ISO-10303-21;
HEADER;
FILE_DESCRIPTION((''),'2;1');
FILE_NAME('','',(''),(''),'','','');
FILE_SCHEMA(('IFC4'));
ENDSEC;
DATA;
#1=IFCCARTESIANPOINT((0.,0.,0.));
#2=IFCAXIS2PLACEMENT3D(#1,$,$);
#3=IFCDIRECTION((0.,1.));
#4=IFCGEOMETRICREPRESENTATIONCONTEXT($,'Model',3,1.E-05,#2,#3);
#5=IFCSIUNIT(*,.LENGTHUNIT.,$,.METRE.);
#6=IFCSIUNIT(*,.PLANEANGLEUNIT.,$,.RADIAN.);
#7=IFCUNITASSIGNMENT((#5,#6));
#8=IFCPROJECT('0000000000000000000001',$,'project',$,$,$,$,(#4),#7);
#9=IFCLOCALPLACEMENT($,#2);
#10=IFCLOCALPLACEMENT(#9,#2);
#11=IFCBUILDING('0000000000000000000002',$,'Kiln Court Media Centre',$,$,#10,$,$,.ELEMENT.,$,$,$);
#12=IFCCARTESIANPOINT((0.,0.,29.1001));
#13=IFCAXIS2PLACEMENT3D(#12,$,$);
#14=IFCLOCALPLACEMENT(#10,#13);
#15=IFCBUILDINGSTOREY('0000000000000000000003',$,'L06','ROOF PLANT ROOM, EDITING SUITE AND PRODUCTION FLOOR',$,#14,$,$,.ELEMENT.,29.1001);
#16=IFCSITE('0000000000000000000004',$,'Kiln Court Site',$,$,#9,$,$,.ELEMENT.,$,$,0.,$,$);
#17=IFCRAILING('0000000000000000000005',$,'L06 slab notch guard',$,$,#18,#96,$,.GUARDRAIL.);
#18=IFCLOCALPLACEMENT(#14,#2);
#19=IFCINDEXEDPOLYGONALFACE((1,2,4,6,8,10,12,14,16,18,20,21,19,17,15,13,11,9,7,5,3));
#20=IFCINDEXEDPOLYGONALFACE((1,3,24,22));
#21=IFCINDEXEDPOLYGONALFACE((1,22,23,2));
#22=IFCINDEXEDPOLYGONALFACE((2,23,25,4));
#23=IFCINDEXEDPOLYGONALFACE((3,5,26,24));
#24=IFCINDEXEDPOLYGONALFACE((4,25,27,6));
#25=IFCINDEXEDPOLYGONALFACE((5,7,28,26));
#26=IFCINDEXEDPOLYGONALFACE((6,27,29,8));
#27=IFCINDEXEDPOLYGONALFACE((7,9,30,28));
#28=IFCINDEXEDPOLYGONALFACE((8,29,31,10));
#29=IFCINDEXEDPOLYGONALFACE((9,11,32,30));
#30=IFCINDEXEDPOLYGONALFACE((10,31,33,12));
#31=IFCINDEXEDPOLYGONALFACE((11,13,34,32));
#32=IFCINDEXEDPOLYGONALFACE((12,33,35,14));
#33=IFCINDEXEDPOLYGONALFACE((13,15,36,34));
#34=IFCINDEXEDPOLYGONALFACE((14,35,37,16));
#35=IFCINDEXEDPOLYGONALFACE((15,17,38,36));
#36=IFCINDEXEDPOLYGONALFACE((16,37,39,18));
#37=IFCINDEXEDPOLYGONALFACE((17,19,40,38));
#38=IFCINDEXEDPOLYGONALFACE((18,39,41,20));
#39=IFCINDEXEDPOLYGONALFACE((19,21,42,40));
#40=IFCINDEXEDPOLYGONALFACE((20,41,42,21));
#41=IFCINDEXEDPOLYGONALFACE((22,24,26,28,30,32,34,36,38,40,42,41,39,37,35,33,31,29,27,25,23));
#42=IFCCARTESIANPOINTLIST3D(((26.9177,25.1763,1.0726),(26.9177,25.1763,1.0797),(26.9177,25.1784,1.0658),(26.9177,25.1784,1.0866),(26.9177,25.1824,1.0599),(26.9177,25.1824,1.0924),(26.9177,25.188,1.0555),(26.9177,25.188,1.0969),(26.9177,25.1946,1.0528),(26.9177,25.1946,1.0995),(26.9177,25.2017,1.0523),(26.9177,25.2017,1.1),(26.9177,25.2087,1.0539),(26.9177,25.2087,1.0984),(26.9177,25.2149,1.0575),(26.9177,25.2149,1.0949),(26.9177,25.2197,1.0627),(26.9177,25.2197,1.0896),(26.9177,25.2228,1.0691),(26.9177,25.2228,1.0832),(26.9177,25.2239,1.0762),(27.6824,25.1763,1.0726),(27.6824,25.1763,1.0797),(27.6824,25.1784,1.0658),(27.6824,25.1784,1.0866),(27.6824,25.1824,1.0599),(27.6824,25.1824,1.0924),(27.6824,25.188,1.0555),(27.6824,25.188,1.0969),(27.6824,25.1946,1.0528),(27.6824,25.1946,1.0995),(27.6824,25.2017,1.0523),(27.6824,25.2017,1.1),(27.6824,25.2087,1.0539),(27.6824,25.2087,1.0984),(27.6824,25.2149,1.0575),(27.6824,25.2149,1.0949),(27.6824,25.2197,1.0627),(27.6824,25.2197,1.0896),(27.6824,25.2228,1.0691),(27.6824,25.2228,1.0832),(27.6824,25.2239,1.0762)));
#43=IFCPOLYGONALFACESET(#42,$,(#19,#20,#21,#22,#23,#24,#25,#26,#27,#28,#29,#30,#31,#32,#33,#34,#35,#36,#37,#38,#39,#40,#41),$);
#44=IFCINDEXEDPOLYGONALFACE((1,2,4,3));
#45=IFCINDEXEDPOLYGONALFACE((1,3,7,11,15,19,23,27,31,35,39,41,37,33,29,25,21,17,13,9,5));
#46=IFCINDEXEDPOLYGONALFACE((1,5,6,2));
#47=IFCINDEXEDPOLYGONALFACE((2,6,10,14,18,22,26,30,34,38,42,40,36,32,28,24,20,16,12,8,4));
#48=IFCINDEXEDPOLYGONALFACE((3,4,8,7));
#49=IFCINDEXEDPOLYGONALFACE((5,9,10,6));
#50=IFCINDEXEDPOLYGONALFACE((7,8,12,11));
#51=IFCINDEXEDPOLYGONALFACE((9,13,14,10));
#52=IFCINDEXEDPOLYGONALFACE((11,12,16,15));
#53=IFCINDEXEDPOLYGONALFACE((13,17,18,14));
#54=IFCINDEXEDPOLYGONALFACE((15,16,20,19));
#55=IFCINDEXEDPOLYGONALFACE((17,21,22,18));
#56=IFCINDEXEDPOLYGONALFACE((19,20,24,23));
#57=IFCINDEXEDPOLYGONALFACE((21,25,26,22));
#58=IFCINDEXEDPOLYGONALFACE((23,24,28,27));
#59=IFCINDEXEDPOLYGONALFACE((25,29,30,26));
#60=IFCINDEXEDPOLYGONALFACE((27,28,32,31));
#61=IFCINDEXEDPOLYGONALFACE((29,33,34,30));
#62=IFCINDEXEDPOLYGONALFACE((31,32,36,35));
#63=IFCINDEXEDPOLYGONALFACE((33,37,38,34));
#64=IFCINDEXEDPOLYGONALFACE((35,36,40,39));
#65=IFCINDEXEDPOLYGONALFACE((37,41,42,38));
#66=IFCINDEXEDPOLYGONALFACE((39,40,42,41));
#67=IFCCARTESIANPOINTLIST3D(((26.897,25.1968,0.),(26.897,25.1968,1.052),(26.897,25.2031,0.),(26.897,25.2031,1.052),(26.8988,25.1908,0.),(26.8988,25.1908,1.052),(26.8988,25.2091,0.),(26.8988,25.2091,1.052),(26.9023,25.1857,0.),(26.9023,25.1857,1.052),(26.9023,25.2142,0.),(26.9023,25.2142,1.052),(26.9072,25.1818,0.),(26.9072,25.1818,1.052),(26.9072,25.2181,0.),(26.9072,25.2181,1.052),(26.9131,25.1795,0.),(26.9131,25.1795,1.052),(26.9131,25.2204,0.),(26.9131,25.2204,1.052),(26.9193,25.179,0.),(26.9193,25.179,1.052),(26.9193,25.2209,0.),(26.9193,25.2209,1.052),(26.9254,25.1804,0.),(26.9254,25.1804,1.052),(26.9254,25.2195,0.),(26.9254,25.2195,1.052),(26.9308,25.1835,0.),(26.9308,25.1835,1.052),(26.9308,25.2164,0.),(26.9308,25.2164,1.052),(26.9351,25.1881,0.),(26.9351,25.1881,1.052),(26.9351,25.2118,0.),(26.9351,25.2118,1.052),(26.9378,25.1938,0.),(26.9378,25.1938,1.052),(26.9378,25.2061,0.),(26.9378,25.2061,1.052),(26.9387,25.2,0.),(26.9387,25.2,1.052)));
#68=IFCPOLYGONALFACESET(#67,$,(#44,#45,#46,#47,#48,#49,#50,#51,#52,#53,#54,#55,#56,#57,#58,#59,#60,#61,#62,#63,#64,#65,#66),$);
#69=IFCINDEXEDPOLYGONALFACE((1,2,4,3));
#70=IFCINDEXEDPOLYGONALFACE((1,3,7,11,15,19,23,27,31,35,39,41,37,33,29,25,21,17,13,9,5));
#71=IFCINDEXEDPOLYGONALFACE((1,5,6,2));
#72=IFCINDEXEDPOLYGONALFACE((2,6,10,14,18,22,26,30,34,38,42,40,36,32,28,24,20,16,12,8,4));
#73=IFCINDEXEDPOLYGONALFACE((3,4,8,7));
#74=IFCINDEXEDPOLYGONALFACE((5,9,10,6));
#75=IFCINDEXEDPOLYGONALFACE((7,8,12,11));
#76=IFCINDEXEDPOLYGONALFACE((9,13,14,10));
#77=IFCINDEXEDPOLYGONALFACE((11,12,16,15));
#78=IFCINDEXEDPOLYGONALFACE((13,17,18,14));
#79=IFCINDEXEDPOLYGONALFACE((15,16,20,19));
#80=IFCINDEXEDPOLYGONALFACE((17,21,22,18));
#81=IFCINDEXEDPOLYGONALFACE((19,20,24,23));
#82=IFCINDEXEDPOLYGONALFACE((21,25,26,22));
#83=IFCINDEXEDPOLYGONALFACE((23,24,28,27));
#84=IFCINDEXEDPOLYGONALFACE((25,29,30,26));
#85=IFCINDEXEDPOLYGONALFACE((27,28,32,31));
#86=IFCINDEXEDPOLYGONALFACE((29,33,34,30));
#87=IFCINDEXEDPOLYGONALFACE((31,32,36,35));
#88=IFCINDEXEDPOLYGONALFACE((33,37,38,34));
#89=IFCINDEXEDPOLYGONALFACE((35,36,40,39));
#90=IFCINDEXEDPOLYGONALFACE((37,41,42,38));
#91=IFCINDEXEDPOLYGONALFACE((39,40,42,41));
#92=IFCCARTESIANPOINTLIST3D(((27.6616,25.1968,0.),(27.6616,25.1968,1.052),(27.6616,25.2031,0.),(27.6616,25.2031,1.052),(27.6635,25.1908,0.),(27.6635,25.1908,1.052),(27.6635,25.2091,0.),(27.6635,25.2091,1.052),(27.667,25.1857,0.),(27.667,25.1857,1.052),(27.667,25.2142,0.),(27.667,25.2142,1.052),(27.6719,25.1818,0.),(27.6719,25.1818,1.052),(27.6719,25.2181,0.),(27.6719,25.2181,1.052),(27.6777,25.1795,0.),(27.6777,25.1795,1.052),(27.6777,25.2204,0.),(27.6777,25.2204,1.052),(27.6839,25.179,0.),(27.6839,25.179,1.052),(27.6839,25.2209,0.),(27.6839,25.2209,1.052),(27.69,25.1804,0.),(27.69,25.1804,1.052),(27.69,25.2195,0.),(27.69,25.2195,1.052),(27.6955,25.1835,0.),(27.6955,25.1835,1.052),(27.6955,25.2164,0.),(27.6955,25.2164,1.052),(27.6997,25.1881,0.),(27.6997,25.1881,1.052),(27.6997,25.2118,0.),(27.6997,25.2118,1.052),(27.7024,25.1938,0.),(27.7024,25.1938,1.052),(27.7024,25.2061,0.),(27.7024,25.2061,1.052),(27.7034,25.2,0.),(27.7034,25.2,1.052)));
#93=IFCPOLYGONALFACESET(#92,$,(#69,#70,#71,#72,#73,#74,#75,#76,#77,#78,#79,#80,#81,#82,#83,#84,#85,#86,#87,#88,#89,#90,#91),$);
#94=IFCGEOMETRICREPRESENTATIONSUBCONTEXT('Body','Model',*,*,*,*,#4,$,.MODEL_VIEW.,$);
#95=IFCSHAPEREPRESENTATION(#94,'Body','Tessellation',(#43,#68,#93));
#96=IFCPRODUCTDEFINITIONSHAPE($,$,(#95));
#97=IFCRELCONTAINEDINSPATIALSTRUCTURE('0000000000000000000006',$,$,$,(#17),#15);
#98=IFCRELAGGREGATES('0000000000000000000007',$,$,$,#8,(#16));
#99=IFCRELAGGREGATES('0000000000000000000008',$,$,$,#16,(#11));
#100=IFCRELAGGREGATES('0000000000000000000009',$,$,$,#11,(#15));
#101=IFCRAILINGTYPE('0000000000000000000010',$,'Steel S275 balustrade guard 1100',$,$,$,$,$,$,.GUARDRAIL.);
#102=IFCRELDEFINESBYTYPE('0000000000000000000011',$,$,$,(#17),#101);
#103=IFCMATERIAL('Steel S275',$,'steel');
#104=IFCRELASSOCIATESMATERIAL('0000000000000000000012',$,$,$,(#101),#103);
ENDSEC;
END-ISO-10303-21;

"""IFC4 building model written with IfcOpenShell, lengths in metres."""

from ifc_helpers import new_model, si_unit, direction, frame, origin, origin_2d, place, context, subcontext, project, spatial, circle, extrude, material, type_object, element, save


model = new_model("IFC4")

# Units and contexts
model_context = context("Model", 3, precision=1e-05, world=origin(), true_north=direction((0.0, 1.0)))
body_context = subcontext(model_context, "Body", "Model", "MODEL_VIEW")
ifc_project = project(units=[si_unit("LENGTHUNIT", "METRE"), si_unit("PLANEANGLEUNIT", "RADIAN")], contexts=[model_context])

# Site, building, storey
site_placement = place(None, origin())
site = spatial("IfcSite", under=ifc_project, at=site_placement, Name="Kiln Court Site", CompositionType="ELEMENT", RefElevation=0.0)
building_placement = place(site_placement, origin())
building = spatial("IfcBuilding", under=site, at=building_placement, Name="Kiln Court Media Centre", CompositionType="ELEMENT")
storey_placement = place(building_placement, frame((0.0, 0.0, 29.1001)))
storey = spatial("IfcBuildingStorey", under=building, at=storey_placement, Name="L06", Description="ROOF PLANT ROOM, EDITING SUITE AND PRODUCTION FLOOR", CompositionType="ELEMENT", Elevation=29.1001)

# Railing
ifc_material_1 = material(Name="Steel S275", Category="steel")
railing_type = type_object("IfcRailingType", Name="Steel S275 balustrade guard 1100", PredefinedType="GUARDRAIL", material=ifc_material_1)
railing_placement = place(storey_placement, frame((26.9177, 25.2, 0.0)))
element("IfcRailing", 1, at=railing_placement, inside=storey, type_object=railing_type, Name="L06 slab notch guard", PredefinedType="GUARDRAIL", context=body_context, shape_type="SweptSolid", body=[
    extrude(circle(Radius=0.0239, at=origin_2d()), frame((0.0, 0.0, 1.0762), z_axis=(1.0, 0.0, 0.0), x_axis=(0.0, 1.0, 0.0)), (0.0, 0.0, 1.0), 0.7646),
    extrude(circle(Radius=0.021, at=origin_2d()), origin(), (0.0, 0.0, 1.0), 1.052),
    extrude(circle(Radius=0.021, at=origin_2d()), frame((0.7646, 0.0, 0.0)), (0.0, 0.0, 1.0), 1.052),
])

save(model, "model.ifc")
